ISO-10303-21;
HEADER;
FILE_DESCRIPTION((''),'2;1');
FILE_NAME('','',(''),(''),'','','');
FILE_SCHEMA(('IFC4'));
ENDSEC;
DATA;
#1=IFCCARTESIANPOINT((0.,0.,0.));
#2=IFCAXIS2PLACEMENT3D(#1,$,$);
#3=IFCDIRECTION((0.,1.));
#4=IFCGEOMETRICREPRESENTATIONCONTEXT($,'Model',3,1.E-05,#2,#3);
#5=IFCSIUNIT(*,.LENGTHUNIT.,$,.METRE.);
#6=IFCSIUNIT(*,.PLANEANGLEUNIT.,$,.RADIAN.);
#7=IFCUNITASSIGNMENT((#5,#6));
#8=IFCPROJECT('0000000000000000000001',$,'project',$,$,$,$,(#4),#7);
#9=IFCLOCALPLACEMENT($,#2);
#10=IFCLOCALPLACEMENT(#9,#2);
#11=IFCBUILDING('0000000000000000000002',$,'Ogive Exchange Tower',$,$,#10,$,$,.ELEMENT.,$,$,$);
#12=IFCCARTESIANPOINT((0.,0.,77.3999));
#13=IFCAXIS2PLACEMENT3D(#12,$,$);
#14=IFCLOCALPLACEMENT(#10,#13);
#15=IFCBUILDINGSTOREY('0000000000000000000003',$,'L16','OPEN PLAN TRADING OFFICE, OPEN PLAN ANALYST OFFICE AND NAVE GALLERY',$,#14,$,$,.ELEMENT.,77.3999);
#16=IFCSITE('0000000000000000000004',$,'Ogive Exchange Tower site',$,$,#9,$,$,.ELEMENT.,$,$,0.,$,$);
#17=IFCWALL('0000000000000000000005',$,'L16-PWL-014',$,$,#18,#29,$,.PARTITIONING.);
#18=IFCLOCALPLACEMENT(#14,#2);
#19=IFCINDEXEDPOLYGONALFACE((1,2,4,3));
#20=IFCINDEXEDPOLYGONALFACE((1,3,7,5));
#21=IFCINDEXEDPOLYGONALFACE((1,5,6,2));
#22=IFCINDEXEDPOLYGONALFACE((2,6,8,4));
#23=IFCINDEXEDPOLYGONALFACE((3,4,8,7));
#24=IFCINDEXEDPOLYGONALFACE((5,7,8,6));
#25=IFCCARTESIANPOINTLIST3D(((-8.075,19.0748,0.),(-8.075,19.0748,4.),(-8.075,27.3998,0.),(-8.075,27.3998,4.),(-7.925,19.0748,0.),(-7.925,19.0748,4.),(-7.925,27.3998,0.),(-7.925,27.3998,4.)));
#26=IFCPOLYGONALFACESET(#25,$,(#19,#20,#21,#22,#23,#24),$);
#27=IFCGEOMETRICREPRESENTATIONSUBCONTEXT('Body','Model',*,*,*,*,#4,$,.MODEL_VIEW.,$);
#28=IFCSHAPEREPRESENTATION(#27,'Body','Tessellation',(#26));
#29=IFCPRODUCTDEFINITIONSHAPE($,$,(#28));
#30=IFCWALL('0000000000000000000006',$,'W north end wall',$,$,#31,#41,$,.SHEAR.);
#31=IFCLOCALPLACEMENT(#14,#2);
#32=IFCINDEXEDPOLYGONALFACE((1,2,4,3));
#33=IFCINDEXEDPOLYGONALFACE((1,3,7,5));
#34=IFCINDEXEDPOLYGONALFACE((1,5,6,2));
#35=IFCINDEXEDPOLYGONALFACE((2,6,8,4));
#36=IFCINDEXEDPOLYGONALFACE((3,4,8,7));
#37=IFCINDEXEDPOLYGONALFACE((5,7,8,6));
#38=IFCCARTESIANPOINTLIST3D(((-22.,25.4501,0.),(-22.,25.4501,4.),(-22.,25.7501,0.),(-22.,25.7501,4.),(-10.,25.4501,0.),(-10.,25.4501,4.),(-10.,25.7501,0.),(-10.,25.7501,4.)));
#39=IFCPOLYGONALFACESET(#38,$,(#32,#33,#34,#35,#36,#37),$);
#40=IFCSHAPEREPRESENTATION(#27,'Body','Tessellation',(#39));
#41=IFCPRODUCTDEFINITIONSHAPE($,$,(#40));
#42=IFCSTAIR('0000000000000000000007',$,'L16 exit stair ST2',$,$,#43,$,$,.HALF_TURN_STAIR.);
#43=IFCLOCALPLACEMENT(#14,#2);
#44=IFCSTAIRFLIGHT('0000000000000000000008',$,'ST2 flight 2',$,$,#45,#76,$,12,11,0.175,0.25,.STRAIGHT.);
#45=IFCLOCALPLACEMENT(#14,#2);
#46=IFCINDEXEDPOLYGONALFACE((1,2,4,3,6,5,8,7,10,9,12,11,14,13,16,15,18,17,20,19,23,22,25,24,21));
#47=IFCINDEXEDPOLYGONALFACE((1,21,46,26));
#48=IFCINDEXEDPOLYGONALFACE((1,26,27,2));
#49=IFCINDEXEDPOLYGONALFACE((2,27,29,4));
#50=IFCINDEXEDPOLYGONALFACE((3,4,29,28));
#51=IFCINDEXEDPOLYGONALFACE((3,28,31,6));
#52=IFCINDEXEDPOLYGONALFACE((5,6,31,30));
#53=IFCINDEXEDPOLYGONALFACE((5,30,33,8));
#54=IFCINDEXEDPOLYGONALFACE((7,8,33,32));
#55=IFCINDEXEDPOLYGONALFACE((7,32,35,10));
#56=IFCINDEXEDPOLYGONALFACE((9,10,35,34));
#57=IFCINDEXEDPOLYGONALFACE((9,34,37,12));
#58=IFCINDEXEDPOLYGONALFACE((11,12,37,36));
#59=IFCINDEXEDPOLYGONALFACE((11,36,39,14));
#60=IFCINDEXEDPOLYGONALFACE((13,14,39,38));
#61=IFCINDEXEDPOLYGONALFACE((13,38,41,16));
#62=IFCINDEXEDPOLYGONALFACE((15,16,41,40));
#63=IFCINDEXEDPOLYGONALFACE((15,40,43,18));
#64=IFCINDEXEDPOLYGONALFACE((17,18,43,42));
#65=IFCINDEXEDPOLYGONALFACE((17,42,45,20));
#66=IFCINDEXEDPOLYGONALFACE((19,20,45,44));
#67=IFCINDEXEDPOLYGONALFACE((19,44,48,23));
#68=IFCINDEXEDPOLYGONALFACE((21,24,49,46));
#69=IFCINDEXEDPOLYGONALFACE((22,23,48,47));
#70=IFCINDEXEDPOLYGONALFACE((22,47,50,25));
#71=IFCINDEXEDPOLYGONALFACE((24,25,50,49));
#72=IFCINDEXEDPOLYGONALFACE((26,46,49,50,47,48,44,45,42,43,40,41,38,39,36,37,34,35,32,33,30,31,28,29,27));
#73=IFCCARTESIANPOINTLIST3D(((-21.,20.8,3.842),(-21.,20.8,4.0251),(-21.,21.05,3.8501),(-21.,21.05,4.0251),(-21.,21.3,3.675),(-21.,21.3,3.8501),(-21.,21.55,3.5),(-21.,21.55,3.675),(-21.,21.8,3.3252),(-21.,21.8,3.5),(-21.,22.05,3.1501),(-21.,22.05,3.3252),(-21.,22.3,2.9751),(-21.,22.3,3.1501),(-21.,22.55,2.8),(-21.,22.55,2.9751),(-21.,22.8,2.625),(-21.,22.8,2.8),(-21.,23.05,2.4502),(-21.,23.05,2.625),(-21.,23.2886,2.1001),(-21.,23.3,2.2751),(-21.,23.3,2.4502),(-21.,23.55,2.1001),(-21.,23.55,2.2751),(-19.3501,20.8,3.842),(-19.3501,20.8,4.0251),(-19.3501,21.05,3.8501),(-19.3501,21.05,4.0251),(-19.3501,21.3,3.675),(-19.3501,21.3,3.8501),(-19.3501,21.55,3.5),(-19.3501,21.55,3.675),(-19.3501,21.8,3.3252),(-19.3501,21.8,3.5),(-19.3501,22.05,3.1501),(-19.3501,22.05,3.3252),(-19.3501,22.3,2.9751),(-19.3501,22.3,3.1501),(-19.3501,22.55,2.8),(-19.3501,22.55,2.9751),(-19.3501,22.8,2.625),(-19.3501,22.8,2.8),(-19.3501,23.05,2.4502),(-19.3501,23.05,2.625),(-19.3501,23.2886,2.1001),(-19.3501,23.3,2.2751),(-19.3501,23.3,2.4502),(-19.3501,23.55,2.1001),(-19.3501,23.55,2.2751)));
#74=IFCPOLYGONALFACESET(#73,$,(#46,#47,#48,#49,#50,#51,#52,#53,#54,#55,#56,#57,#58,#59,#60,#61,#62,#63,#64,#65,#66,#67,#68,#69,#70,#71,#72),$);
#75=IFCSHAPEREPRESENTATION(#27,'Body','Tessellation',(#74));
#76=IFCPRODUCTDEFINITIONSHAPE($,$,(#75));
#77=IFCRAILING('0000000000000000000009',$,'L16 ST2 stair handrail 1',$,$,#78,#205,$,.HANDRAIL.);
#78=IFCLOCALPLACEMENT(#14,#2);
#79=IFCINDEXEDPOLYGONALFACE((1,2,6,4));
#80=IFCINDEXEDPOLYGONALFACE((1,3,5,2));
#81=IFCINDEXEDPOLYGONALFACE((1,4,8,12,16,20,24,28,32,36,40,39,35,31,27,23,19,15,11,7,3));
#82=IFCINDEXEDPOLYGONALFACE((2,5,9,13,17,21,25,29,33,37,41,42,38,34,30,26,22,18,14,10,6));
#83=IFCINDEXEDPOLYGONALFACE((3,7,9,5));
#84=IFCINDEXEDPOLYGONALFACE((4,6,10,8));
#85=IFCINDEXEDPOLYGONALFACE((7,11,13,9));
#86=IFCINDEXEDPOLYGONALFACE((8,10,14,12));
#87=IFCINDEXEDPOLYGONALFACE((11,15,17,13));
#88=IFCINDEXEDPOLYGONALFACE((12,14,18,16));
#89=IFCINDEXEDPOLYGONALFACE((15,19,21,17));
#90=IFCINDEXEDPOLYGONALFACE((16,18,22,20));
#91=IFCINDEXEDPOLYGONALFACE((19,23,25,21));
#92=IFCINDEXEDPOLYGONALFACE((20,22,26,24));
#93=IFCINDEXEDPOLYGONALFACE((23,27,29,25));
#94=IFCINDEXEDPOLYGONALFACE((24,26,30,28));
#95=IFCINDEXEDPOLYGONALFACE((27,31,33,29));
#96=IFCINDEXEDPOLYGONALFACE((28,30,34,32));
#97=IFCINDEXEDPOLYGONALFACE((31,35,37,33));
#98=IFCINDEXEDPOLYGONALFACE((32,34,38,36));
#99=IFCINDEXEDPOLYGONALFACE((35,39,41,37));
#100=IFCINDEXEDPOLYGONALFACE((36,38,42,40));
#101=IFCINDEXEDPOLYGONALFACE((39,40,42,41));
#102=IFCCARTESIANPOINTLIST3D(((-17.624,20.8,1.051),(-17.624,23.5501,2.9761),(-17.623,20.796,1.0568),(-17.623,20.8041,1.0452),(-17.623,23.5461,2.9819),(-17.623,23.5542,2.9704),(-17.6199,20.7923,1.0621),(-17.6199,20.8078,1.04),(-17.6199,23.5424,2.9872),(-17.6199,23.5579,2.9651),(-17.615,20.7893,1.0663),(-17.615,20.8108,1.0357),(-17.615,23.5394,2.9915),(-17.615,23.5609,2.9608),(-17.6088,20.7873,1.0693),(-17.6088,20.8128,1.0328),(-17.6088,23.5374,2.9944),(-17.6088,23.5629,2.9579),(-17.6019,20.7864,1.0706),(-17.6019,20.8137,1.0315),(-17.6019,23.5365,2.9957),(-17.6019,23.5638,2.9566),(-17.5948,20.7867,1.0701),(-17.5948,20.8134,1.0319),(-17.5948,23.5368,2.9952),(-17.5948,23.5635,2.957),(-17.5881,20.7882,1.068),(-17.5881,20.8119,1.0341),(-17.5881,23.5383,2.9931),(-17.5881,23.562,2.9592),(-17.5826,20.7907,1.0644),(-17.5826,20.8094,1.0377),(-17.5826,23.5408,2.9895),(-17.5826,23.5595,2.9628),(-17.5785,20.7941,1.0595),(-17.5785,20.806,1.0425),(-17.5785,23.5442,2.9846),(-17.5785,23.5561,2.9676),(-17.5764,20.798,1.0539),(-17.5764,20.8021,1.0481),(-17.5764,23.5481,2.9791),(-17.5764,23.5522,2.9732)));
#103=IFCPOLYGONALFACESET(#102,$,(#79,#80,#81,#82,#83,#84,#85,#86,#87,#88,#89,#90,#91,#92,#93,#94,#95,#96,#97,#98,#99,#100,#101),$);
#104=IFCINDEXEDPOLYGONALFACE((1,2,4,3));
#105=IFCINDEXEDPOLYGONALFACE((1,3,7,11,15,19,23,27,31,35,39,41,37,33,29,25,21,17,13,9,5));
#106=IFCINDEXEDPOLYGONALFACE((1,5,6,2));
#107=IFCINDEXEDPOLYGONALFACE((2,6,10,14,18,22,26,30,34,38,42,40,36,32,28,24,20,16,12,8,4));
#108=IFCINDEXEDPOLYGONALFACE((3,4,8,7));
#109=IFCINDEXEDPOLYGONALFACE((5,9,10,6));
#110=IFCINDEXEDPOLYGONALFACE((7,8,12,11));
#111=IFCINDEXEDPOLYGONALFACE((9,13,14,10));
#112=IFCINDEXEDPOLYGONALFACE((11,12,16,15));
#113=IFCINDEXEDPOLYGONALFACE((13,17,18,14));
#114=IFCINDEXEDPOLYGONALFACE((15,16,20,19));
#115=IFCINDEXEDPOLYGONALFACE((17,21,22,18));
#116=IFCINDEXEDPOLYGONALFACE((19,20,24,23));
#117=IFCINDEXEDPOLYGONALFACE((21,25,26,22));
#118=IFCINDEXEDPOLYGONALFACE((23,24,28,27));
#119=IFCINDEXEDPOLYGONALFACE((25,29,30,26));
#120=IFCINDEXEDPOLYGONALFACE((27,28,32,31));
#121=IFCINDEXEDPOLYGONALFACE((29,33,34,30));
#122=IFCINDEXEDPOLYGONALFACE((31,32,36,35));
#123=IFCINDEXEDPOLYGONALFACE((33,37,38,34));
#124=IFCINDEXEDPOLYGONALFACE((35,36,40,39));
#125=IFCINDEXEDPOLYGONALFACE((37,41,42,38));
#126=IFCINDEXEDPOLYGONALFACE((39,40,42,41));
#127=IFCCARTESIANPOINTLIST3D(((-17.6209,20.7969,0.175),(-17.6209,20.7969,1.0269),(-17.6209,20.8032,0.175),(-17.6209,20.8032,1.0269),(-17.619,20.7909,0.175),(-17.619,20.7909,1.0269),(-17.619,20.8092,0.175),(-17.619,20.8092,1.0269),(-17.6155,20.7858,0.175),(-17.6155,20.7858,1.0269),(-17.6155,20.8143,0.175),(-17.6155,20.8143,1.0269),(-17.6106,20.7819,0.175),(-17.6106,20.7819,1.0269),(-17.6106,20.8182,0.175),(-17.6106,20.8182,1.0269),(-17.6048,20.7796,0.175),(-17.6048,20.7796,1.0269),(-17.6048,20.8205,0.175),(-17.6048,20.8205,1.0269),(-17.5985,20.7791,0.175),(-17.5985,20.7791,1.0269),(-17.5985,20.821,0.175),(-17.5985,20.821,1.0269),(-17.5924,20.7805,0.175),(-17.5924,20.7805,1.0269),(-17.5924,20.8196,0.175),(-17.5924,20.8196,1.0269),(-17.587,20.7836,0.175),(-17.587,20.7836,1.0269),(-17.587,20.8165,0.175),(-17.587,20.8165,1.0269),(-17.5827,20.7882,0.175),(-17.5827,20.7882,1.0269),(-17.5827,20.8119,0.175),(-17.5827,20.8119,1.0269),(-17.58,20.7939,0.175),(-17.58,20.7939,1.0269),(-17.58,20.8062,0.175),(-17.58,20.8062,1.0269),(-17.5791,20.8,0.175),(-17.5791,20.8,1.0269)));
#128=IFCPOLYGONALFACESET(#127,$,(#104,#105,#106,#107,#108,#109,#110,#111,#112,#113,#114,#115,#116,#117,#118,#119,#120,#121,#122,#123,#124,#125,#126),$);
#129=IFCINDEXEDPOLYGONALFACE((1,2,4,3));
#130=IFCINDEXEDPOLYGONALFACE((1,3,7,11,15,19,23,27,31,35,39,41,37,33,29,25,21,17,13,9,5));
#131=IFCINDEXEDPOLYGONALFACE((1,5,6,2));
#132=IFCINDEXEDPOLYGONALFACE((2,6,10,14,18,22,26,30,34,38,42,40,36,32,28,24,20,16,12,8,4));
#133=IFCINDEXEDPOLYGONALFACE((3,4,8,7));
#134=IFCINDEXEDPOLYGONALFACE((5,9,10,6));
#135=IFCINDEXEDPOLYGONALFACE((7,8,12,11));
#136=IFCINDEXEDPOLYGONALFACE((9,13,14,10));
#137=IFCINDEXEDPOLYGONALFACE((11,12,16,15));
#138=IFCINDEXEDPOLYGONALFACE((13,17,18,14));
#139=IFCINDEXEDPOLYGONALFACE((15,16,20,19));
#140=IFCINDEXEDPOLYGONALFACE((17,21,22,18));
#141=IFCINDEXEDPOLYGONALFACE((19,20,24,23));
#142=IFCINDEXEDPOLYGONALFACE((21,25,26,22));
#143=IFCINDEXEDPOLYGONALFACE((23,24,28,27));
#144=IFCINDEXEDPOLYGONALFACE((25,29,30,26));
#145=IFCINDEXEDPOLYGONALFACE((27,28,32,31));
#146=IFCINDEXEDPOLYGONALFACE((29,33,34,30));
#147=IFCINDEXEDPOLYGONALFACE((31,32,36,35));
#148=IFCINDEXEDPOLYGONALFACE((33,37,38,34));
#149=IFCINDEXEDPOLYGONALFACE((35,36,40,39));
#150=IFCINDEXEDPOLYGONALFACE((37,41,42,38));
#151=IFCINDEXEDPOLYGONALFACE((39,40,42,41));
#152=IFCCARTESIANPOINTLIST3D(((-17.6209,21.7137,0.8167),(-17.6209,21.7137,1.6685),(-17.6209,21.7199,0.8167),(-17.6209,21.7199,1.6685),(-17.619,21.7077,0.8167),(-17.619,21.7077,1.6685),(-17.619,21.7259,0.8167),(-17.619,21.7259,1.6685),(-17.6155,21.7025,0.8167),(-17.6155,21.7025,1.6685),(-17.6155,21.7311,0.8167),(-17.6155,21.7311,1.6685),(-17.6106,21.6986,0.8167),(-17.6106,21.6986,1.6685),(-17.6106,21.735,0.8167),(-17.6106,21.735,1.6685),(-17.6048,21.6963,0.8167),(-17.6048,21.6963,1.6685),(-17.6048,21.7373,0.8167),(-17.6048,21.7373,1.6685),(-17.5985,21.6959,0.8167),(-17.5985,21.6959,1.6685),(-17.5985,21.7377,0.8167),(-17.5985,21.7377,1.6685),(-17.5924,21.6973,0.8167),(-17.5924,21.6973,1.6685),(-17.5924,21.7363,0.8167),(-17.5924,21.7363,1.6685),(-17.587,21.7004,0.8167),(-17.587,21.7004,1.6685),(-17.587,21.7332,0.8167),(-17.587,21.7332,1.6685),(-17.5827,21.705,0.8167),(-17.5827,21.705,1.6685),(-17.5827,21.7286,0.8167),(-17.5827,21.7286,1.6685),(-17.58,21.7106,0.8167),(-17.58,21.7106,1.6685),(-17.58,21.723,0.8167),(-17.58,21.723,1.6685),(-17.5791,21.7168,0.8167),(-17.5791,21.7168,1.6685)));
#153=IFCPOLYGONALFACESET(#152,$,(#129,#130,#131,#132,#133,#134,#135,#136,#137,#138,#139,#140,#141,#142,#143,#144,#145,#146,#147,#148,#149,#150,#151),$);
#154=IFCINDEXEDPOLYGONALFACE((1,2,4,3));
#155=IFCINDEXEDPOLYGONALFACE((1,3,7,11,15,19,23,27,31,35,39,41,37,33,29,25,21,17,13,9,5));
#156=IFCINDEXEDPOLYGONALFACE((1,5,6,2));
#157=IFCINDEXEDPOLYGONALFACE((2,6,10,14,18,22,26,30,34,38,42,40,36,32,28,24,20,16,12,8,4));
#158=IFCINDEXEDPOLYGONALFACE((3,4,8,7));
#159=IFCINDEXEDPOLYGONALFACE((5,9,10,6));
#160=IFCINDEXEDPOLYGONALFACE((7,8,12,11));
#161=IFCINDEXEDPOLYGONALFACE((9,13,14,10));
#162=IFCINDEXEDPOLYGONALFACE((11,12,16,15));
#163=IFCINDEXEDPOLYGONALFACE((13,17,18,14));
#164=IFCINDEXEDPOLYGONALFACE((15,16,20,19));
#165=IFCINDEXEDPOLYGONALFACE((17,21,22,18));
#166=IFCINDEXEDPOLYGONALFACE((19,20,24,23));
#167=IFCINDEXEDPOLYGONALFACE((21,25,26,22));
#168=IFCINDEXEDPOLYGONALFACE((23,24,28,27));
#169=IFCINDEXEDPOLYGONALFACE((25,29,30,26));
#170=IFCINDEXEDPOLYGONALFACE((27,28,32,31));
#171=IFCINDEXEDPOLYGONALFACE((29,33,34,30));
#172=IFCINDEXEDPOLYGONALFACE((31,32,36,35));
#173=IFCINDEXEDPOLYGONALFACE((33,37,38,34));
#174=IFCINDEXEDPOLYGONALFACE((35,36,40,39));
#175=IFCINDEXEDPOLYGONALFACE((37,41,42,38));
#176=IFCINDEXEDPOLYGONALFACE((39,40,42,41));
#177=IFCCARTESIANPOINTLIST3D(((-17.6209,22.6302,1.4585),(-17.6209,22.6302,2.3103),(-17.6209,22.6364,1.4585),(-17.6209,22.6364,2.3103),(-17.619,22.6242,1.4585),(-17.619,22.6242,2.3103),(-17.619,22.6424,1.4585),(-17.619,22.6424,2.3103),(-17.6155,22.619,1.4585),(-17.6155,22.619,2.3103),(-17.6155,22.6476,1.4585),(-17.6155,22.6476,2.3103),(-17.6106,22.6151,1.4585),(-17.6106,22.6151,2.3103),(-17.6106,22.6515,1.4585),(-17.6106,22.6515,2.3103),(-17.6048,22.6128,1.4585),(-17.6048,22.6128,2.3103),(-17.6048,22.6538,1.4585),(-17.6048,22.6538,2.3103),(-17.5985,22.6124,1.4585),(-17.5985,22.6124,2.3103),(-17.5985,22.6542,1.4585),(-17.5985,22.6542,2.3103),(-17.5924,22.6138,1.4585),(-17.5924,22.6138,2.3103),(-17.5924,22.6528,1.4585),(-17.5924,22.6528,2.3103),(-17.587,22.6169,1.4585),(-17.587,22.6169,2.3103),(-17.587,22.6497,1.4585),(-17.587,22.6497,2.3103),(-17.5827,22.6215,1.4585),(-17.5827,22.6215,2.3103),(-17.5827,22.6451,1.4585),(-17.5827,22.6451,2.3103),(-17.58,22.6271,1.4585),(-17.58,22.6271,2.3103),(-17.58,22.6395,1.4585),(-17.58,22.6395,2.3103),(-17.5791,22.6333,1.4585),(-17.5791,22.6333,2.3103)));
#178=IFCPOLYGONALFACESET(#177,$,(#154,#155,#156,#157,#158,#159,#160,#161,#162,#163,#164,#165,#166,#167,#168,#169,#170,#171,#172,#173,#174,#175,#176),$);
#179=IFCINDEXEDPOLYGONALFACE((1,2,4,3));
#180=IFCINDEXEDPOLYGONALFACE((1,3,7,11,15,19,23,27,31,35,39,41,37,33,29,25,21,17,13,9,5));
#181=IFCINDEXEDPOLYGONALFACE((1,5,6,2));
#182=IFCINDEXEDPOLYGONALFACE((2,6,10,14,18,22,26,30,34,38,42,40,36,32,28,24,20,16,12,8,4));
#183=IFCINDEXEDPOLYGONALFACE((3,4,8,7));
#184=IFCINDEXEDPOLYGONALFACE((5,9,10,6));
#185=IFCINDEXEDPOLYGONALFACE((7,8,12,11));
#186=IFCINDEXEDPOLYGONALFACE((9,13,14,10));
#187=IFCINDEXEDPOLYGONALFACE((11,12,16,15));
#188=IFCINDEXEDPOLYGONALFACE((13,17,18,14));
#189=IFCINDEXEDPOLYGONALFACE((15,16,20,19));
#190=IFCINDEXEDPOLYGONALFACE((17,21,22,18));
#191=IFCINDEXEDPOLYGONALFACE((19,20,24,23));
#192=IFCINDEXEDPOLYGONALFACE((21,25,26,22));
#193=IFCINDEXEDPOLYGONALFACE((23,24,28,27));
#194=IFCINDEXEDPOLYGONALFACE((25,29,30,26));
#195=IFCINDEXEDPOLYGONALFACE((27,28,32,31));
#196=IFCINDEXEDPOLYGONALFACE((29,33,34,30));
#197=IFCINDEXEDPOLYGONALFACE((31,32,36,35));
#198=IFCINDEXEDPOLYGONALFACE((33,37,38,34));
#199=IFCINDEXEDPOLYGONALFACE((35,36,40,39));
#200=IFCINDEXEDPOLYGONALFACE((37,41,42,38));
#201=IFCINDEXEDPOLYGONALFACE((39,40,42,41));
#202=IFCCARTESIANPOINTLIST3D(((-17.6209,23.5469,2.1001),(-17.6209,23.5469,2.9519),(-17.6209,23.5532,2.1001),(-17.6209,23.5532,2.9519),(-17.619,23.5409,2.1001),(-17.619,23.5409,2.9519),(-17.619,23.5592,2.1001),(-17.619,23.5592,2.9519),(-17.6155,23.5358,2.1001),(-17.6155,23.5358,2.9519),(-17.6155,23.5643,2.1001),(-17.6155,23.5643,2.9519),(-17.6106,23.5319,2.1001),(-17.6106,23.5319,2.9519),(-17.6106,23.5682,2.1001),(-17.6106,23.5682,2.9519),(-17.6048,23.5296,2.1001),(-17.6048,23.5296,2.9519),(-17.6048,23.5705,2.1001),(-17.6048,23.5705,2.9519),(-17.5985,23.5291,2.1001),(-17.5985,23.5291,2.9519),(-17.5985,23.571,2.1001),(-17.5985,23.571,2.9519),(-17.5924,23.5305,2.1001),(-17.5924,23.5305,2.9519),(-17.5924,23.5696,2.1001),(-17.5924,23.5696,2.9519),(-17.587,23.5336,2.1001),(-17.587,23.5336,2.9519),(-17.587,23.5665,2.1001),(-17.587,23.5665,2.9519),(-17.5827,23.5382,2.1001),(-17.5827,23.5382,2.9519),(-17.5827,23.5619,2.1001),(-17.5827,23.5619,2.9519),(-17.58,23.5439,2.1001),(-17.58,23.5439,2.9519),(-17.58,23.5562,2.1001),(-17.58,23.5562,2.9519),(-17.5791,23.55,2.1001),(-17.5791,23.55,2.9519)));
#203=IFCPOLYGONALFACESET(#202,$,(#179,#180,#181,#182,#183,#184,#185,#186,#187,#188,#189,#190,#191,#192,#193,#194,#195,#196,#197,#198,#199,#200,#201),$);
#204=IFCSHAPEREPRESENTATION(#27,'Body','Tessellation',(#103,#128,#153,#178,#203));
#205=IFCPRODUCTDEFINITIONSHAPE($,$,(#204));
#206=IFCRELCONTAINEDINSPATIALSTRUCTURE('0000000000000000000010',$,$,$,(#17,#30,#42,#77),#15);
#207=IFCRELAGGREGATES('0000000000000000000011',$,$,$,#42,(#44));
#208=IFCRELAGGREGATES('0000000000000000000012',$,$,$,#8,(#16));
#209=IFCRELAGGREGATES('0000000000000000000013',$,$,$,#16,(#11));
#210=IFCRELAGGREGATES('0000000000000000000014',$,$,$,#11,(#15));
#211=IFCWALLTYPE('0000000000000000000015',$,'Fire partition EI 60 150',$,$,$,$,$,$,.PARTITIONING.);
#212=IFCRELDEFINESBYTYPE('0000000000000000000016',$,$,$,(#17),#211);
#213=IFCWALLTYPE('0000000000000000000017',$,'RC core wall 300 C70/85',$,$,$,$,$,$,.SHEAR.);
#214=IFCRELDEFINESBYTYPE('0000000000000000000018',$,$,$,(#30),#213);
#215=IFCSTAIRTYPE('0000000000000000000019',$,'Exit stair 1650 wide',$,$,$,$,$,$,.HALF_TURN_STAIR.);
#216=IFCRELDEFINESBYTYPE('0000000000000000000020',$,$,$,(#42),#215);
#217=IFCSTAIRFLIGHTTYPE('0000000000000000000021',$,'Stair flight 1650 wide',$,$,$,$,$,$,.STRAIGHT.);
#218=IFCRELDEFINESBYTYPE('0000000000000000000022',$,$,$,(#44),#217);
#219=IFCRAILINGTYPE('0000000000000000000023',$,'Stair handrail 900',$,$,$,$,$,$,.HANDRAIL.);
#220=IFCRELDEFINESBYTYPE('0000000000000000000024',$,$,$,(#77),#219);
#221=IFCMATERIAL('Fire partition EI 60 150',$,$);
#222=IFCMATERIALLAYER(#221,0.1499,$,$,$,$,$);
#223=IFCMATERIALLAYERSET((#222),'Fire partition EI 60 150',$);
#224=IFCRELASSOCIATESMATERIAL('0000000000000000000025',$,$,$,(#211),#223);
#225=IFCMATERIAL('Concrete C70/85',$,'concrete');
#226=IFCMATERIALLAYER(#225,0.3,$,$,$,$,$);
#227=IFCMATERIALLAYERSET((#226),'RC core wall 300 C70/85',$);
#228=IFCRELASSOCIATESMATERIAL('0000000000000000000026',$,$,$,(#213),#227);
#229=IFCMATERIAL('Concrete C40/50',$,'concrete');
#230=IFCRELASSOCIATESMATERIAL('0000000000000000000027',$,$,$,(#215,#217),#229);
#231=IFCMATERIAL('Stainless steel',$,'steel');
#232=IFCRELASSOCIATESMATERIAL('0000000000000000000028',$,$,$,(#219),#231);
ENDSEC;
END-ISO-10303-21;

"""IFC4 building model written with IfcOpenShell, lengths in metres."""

from ifc_helpers import new_model, si_unit, direction, frame, frame_2d, origin, origin_2d, place, context, subcontext, project, spatial, polyline, rectangle, circle, outline, extrude, material, layer, layer_set, type_object, element, aggregate, save


model = new_model("IFC4")

# Units and contexts
model_context = context("Model", 3, precision=1e-05, world=origin(), true_north=direction((0.0, 1.0)))
body_context = subcontext(model_context, "Body", "Model", "MODEL_VIEW")
ifc_project = project(units=[si_unit("LENGTHUNIT", "METRE"), si_unit("PLANEANGLEUNIT", "RADIAN")], contexts=[model_context])

# Site, building, storey
site_placement = place(None, origin())
site = spatial("IfcSite", under=ifc_project, at=site_placement, Name="Ogive Exchange Tower site", CompositionType="ELEMENT", RefElevation=0.0)
building_placement = place(site_placement, origin())
building = spatial("IfcBuilding", under=site, at=building_placement, Name="Ogive Exchange Tower", CompositionType="ELEMENT")
storey_placement = place(building_placement, frame((0.0, 0.0, 77.3999)))
storey = spatial("IfcBuildingStorey", under=building, at=storey_placement, Name="L16", Description="OPEN PLAN TRADING OFFICE, OPEN PLAN ANALYST OFFICE AND NAVE GALLERY", CompositionType="ELEMENT", Elevation=77.3999)

# Walls
ifc_material_1 = material(Name="Fire partition EI 60 150")
ifc_layer_1 = layer(ifc_material_1, 0.1499)
ifc_layer_set_1 = layer_set([ifc_layer_1], Name="Fire partition EI 60 150")
wall_type_1 = type_object("IfcWallType", Name="Fire partition EI 60 150", PredefinedType="PARTITIONING", material=ifc_layer_set_1)
wall_1_placement = place(storey_placement, frame((-8.0, 27.3999, 0.0), z_axis=(0.0, 0.0, 1.0), x_axis=(0.0, -1.0, 0.0)))
element("IfcWall", 1, at=wall_1_placement, inside=storey, type_object=wall_type_1, Name="L16-PWL-014", PredefinedType="PARTITIONING", context=body_context, shape_type="SweptSolid", body=[
    extrude(rectangle(XDim=8.325, YDim=0.1499, at=frame_2d((4.1626, 0.0))), origin(), (0.0, 0.0, 1.0), 4.0),
])
ifc_material_2 = material(Name="Concrete C70/85", Category="concrete")
ifc_layer_2 = layer(ifc_material_2, 0.3)
ifc_layer_set_2 = layer_set([ifc_layer_2], Name="RC core wall 300 C70/85")
wall_type_2 = type_object("IfcWallType", Name="RC core wall 300 C70/85", PredefinedType="SHEAR", material=ifc_layer_set_2)
wall_2_placement = place(storey_placement, frame((-22.0, 25.6001, 0.0), z_axis=(0.0, 0.0, 1.0), x_axis=(1.0, 0.0, 0.0)))
element("IfcWall", 2, at=wall_2_placement, inside=storey, type_object=wall_type_2, Name="W north end wall", PredefinedType="SHEAR", context=body_context, shape_type="SweptSolid", body=[
    extrude(rectangle(XDim=12.0, YDim=0.3, at=frame_2d((6.0, 0.0))), origin(), (0.0, 0.0, 1.0), 4.0),
])

# Stair, stair flight
ifc_material_3 = material(Name="Concrete C40/50", Category="concrete")
stair_type = type_object("IfcStairType", Name="Exit stair 1650 wide", PredefinedType="HALF_TURN_STAIR", material=ifc_material_3)
stair_placement = place(storey_placement, origin())
stair = element("IfcStair", 3, at=stair_placement, inside=storey, type_object=stair_type, Name="L16 exit stair ST2", PredefinedType="HALF_TURN_STAIR")
stair_flight_type = type_object("IfcStairFlightType", Name="Stair flight 1650 wide", PredefinedType="STRAIGHT", material=ifc_material_3)
stair_flight_placement = place(storey_placement, frame((-20.175, 23.55, 2.1001), z_axis=(0.0, 0.0, 1.0), x_axis=(0.0, -1.0, 0.0)))
stair_flight = element("IfcStairFlight", 4, at=stair_flight_placement, type_object=stair_flight_type, Name="ST2 flight 2", NumberOfRisers=12, NumberOfTreads=11, PredefinedType="STRAIGHT", RiserHeight=0.175, TreadLength=0.25, context=body_context, shape_type="SweptSolid", body=[
    extrude(outline(polyline([(0.0, 0.0), (0.0, 0.175), (0.25, 0.175), (0.25, 0.3501), (0.5, 0.3501), (0.5, 0.5249), (0.75, 0.5249), (0.75, 0.7), (1.0, 0.7), (1.0, 0.875), (1.25, 0.875), (1.25, 1.05), (1.5, 1.05), (1.5, 1.2251), (1.75, 1.2251), (1.75, 1.3999), (2.0, 1.3999), (2.0, 1.575), (2.25, 1.575), (2.25, 1.75), (2.5, 1.75), (2.5, 1.925), (2.75, 1.925), (2.75, 2.1001), (2.75, 1.7419), (0.2615, 0.0), (0.0, 0.0)])), frame((0.0, 0.825, 0.0), z_axis=(0.0, -1.0, 0.0), x_axis=(1.0, 0.0, 0.0)), (0.0, 0.0, 1.0), 1.6499),
])
aggregate(stair, [stair_flight])

# Railing
ifc_material_4 = material(Name="Stainless steel", Category="steel")
railing_type = type_object("IfcRailingType", Name="Stair handrail 900", PredefinedType="HANDRAIL", material=ifc_material_4)
railing_1_placement = place(storey_placement, frame((-17.6001, 20.8, 0.175)))
element("IfcRailing", 5, at=railing_1_placement, inside=storey, type_object=railing_type, Name="L16 ST2 stair handrail 1", PredefinedType="HANDRAIL", context=body_context, shape_type="SweptSolid", body=[
    extrude(circle(Radius=0.0239, at=origin_2d()), frame((0.0, 0.0, 0.876), z_axis=(0.0, 0.819225, 0.573472), x_axis=(-1.0, 0.0, 0.0)), (0.0, 0.0, 1.0), 3.3569),
    extrude(circle(Radius=0.021, at=origin_2d()), origin(), (0.0, 0.0, 1.0), 0.8518),
    extrude(circle(Radius=0.021, at=origin_2d()), frame((0.0, 0.9167, 0.6416)), (0.0, 0.0, 1.0), 0.8518),
    extrude(circle(Radius=0.021, at=origin_2d()), frame((0.0, 1.8333, 1.2834)), (0.0, 0.0, 1.0), 0.8518),
    extrude(circle(Radius=0.021, at=origin_2d()), frame((0.0, 2.75, 1.925)), (0.0, 0.0, 1.0), 0.8518),
])

save(model, "model.ifc")
